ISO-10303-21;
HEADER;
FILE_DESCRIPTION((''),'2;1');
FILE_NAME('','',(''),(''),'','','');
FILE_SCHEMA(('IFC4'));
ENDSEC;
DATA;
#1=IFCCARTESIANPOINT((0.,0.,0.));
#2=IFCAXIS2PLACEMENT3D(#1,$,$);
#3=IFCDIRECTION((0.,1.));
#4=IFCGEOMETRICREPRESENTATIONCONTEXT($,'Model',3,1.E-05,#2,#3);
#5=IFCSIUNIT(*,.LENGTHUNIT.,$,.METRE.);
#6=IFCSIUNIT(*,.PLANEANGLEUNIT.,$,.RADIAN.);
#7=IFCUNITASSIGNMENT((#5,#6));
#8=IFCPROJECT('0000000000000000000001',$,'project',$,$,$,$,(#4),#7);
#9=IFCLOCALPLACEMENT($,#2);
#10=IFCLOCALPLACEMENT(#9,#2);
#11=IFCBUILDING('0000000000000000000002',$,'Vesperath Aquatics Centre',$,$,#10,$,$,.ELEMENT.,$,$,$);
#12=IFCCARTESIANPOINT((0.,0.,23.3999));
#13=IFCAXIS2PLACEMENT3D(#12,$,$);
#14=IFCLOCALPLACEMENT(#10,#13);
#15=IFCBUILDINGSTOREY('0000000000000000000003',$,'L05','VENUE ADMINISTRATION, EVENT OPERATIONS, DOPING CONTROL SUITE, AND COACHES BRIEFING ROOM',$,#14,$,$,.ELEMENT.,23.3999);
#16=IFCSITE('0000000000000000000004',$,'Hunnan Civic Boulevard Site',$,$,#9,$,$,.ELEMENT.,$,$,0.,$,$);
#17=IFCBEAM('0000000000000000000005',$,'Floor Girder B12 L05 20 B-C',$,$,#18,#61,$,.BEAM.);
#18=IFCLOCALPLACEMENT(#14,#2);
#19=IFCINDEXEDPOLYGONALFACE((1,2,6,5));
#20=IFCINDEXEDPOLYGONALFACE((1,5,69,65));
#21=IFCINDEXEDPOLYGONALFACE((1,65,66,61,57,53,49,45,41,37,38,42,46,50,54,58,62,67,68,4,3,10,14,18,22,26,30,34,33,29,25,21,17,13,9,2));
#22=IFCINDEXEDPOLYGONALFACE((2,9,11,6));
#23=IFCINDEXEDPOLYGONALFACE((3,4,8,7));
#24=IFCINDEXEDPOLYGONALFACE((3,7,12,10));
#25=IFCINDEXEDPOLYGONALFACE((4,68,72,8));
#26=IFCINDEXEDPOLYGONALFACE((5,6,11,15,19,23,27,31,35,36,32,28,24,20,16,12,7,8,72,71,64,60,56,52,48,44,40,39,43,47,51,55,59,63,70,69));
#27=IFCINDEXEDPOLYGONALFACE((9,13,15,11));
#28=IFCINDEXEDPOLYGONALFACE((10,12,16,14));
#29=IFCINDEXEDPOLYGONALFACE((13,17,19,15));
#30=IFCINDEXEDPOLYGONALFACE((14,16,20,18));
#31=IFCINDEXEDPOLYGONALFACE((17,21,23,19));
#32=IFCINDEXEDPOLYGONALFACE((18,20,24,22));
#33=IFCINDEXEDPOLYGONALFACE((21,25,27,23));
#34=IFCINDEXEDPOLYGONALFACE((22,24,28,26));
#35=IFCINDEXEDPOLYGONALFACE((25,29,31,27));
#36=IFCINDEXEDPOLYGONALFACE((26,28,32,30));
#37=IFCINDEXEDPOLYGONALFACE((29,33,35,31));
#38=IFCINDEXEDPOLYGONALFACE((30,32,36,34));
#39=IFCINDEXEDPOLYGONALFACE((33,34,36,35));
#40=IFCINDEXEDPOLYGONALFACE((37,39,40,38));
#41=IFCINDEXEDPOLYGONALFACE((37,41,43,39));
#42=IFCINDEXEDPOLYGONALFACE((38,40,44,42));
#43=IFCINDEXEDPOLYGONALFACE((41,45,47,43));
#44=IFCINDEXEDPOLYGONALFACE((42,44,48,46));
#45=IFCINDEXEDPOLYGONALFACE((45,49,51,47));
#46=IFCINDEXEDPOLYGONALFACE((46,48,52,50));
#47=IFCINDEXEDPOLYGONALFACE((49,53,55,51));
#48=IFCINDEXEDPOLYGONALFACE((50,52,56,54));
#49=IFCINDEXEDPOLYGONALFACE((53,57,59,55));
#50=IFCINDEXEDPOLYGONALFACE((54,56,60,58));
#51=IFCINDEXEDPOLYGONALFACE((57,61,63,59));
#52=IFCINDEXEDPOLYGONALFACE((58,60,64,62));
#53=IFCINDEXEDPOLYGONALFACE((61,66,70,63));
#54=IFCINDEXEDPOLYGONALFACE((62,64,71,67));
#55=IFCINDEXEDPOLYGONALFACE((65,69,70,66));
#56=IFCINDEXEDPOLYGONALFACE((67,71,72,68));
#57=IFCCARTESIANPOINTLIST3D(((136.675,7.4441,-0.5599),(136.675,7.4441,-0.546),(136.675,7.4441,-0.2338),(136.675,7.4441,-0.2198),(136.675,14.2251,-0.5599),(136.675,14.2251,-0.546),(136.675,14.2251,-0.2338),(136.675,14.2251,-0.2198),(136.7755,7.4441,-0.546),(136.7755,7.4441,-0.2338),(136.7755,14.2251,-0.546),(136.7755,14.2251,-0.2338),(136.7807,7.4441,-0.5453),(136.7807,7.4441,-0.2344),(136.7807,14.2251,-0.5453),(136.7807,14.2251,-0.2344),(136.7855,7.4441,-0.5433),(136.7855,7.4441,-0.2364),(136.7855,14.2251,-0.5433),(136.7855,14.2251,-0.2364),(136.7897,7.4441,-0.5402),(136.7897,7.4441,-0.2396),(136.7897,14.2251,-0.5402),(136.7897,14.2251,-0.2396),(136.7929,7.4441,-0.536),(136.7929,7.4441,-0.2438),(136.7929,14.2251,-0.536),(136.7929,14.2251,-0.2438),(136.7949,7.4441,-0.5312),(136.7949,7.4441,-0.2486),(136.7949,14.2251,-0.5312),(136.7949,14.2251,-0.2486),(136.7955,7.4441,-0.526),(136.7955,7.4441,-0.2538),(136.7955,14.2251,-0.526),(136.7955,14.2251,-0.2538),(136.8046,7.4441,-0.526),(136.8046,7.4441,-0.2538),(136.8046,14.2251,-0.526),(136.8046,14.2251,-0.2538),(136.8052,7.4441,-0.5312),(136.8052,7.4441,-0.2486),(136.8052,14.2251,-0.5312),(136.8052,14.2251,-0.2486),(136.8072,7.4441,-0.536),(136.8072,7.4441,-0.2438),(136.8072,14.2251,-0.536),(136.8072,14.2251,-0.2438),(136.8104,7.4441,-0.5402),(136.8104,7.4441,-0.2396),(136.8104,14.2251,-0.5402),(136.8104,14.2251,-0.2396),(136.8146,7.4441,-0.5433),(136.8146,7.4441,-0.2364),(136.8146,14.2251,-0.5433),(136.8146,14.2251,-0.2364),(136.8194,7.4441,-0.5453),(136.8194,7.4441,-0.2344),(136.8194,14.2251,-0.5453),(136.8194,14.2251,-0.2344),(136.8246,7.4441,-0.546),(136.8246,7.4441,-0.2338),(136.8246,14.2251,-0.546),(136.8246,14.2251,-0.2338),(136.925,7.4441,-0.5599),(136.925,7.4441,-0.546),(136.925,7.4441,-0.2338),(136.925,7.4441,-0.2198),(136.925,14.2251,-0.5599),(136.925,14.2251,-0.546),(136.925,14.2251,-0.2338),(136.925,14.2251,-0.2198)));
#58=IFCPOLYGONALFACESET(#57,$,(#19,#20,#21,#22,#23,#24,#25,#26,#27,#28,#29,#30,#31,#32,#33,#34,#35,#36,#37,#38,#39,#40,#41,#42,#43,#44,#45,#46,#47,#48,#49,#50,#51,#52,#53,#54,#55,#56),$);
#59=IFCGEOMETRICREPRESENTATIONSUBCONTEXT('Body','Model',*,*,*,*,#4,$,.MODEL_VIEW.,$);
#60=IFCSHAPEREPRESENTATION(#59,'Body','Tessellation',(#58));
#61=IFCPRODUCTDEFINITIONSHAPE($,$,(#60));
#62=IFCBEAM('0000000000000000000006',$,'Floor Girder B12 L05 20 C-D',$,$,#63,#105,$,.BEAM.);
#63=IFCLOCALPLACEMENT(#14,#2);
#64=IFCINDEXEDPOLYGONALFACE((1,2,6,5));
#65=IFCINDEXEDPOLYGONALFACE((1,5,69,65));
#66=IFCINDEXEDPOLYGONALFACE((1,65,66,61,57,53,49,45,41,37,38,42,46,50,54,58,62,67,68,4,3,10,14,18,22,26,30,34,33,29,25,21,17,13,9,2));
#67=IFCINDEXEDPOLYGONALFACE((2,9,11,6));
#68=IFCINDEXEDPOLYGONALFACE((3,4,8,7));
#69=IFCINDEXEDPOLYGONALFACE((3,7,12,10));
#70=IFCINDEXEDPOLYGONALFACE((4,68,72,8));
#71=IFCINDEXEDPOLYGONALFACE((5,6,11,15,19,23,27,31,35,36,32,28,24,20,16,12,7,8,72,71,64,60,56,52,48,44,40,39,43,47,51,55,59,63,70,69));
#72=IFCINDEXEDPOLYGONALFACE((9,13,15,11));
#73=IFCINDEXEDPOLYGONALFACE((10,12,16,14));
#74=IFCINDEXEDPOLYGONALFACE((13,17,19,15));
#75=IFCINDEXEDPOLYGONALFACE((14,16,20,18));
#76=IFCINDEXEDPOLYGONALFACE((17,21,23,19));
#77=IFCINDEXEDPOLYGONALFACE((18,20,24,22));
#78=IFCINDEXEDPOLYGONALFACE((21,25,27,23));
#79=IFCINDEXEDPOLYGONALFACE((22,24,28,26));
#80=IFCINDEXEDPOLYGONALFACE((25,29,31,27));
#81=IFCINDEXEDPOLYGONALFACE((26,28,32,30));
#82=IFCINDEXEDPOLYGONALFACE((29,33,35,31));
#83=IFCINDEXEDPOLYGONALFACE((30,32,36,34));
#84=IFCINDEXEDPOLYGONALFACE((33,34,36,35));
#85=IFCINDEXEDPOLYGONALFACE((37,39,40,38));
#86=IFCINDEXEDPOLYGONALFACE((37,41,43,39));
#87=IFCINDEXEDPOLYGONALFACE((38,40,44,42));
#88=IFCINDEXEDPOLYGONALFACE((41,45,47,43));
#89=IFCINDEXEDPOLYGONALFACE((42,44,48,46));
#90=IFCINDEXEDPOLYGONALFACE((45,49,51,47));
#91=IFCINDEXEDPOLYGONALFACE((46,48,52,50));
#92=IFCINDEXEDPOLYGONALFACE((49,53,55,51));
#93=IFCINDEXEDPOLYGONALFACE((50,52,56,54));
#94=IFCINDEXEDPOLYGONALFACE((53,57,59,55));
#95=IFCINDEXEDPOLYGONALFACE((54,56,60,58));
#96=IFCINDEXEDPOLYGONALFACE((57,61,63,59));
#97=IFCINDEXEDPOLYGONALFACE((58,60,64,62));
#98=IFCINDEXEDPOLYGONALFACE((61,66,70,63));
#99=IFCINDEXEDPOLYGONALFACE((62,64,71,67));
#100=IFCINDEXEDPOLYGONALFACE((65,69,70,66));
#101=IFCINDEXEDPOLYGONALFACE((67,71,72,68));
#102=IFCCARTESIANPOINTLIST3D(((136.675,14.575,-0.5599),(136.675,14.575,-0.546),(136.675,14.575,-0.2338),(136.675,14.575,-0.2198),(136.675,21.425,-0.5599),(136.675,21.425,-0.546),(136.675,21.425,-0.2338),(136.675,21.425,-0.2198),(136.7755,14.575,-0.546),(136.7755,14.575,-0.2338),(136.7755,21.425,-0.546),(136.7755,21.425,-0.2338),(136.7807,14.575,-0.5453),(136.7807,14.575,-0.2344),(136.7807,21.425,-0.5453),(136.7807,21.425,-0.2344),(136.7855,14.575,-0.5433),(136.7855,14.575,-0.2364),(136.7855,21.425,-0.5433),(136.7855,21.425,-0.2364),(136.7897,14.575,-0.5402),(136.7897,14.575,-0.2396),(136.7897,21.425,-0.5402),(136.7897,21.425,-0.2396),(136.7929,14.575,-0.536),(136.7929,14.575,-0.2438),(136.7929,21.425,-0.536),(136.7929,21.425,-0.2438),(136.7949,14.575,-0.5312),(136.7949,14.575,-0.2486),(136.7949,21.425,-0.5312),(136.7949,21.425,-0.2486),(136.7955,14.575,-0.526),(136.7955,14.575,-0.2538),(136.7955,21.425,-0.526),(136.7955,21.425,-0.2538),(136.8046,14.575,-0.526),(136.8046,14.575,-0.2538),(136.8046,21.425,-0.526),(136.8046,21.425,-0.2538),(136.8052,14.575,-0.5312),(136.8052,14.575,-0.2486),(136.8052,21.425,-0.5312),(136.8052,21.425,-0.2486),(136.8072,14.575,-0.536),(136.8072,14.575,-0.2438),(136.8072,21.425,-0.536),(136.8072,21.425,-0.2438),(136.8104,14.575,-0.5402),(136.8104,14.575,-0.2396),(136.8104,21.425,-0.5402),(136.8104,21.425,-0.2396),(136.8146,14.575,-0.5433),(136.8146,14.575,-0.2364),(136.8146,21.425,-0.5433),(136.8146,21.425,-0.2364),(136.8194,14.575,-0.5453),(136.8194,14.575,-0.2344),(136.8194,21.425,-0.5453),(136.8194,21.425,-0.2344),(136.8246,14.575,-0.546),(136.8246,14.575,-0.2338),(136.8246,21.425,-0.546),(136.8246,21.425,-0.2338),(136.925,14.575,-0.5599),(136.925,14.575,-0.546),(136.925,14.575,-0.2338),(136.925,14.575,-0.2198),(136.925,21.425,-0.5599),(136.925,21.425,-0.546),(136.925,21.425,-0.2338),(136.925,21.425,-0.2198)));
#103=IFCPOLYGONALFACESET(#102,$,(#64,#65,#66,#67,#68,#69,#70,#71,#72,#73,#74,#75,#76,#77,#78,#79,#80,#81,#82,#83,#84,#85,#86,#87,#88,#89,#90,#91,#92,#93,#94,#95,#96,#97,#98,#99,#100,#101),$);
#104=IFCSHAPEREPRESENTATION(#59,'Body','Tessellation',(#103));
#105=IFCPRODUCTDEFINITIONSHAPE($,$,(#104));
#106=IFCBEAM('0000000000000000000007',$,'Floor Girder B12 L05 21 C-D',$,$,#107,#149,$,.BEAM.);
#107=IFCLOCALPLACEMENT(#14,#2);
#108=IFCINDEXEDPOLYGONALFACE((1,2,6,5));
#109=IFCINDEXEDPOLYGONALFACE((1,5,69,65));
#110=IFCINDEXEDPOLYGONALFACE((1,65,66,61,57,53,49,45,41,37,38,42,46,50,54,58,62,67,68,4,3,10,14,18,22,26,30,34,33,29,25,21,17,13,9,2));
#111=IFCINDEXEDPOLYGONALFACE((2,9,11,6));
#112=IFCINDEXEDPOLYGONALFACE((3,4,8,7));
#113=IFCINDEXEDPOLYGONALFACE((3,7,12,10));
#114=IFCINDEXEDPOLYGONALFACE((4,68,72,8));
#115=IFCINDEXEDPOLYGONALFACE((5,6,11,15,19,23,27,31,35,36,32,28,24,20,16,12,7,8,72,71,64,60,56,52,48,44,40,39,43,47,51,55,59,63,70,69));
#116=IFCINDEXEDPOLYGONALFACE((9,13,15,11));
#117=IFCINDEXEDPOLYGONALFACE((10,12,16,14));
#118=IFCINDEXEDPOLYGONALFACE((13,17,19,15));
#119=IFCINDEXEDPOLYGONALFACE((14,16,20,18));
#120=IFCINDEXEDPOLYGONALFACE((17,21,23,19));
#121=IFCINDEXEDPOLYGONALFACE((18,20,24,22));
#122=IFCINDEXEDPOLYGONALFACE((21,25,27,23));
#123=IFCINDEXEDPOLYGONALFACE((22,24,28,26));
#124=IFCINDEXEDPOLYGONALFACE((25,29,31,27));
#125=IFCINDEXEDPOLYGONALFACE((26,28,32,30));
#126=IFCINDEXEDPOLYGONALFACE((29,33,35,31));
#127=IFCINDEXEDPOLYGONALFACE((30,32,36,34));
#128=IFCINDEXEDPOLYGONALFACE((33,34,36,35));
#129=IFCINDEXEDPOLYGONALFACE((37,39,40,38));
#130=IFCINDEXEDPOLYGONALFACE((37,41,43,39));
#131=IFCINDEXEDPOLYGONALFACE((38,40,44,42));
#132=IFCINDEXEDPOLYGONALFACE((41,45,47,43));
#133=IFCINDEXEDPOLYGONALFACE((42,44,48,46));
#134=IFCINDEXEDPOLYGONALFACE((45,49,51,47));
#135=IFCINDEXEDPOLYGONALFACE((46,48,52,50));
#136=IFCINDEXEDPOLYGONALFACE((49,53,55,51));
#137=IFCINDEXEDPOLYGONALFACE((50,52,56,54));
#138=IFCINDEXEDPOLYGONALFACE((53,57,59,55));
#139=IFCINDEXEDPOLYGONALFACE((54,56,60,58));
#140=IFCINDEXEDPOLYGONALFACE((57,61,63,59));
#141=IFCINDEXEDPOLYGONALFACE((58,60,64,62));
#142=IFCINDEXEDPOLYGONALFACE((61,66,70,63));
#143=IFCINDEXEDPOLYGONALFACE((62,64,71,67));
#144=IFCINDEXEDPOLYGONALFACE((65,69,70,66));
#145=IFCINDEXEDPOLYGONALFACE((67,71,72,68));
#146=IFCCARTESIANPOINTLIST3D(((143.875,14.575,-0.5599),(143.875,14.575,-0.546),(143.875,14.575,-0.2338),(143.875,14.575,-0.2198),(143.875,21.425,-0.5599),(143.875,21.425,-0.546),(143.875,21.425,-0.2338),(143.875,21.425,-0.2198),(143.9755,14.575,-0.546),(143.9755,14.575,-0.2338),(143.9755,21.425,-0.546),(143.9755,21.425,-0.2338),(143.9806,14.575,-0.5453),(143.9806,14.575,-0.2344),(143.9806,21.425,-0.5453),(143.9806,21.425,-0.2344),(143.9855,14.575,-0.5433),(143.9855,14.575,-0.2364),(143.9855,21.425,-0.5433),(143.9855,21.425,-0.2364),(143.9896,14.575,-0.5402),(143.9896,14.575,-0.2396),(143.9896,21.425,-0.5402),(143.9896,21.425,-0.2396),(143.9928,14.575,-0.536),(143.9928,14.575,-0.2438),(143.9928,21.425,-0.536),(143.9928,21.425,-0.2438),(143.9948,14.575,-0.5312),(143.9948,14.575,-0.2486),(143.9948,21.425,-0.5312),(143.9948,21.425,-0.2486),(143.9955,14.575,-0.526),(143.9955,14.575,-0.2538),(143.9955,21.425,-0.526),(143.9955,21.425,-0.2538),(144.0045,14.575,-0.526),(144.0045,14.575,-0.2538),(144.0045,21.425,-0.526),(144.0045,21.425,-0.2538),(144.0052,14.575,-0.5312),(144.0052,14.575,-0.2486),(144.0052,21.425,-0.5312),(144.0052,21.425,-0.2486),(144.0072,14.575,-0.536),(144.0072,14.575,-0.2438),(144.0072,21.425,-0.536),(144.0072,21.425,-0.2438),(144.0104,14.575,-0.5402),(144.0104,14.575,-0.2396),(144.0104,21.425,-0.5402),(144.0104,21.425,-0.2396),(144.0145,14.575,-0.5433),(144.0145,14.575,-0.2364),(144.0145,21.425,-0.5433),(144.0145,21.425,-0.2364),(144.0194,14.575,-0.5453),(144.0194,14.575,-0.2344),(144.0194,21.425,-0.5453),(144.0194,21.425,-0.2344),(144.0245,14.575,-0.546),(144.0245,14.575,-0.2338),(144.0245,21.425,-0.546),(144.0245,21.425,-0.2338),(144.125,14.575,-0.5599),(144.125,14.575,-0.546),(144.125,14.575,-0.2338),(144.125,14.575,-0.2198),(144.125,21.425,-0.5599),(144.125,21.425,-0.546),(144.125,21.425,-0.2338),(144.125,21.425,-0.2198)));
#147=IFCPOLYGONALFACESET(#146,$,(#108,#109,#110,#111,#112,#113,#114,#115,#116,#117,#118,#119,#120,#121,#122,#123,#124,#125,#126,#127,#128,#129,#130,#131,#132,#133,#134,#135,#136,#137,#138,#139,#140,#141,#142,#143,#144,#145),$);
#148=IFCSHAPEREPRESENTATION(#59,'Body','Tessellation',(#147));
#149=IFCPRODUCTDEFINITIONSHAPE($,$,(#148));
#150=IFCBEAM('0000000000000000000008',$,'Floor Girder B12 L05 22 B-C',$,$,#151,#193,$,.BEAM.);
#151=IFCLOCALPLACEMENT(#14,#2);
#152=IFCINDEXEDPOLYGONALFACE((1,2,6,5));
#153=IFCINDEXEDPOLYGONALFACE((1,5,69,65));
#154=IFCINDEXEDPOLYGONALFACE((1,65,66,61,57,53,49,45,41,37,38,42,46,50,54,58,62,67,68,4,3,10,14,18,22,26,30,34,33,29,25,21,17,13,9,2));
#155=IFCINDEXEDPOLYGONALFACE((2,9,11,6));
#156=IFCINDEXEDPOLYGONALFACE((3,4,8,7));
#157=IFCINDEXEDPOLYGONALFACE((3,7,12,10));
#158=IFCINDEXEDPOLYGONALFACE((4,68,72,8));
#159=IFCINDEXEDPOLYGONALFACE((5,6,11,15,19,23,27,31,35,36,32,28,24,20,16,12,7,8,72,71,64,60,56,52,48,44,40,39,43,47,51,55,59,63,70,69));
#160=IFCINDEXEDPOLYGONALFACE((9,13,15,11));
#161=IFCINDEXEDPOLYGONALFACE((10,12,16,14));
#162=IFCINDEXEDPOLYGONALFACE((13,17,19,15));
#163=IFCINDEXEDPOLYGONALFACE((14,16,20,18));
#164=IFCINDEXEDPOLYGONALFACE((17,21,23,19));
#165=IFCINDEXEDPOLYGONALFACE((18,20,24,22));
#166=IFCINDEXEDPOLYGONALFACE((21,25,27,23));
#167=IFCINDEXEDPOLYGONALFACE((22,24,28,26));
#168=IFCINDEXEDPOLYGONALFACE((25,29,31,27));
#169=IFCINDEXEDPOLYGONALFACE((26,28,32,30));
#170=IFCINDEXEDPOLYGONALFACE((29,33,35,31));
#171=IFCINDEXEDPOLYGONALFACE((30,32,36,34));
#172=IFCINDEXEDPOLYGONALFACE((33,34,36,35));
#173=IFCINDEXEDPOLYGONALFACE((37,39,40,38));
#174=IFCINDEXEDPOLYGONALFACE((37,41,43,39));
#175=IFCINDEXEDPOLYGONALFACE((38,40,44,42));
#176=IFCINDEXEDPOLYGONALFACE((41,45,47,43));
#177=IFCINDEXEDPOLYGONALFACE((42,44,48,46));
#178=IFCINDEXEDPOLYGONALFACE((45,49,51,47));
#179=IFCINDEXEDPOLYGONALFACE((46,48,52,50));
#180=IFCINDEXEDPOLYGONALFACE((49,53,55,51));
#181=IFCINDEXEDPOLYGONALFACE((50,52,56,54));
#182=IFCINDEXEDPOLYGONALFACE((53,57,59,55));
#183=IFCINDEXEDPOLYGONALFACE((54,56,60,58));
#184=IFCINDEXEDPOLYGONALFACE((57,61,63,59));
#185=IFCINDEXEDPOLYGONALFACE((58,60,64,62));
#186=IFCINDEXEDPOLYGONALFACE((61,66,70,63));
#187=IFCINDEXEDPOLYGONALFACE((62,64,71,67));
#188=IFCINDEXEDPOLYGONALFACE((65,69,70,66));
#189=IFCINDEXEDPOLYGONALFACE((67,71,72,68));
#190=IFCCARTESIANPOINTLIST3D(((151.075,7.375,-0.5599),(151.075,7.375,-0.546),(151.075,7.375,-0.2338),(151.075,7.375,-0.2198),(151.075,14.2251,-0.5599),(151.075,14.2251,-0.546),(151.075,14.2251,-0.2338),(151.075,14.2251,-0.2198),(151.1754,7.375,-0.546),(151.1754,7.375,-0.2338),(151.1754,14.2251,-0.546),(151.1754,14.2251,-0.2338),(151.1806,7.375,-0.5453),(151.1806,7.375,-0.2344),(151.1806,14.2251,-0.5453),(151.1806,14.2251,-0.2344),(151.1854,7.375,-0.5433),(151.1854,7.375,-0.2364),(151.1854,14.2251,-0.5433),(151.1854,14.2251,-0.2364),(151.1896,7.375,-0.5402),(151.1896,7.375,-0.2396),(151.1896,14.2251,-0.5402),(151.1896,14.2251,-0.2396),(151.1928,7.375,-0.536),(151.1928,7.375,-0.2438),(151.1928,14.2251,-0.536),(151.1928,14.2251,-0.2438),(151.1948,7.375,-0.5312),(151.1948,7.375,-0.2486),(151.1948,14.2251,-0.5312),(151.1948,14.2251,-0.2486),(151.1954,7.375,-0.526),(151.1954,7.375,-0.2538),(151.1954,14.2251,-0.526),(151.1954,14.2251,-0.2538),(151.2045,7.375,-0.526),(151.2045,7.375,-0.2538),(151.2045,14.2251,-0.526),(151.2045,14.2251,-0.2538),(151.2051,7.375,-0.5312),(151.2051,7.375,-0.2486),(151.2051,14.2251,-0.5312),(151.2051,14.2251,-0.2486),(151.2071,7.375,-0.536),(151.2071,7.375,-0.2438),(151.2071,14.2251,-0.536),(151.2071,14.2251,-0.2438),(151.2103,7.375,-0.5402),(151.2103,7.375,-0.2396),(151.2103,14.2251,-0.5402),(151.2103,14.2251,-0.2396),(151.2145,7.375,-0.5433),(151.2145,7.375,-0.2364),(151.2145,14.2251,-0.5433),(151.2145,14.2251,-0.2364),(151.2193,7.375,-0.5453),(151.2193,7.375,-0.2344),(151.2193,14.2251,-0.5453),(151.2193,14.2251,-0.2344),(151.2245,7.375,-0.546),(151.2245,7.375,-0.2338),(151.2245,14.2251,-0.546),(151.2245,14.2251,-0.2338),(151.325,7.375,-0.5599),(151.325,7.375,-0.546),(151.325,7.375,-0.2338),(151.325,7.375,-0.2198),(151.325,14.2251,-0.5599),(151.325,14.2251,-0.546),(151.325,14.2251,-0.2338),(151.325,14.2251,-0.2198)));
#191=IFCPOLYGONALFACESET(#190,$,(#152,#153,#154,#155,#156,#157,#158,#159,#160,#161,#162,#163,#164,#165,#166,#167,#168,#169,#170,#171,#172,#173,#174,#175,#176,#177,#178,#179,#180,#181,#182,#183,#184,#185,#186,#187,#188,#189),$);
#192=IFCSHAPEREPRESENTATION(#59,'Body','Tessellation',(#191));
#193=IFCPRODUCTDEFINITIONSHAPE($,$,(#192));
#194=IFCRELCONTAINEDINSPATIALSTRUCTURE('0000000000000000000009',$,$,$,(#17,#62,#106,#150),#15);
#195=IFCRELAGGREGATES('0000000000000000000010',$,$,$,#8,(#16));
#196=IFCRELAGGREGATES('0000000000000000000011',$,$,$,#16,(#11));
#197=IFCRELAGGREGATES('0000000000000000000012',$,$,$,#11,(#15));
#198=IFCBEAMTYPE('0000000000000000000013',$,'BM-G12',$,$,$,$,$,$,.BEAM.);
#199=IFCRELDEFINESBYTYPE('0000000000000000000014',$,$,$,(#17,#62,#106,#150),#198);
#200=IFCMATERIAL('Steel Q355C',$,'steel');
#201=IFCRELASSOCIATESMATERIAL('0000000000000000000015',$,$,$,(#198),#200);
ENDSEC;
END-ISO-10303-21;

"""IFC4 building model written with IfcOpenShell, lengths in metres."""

from ifc_helpers import new_model, si_unit, direction, frame, origin, origin_2d, place, context, subcontext, project, spatial, i_section, extrude, material, material_profile, profile_set, type_object, element, save


model = new_model("IFC4")

# Units and contexts
model_context = context("Model", 3, precision=1e-05, world=origin(), true_north=direction((0.0, 1.0)))
body_context = subcontext(model_context, "Body", "Model", "MODEL_VIEW")
ifc_project = project(units=[si_unit("LENGTHUNIT", "METRE"), si_unit("PLANEANGLEUNIT", "RADIAN")], contexts=[model_context])

# Site, building, storey
site_placement = place(None, origin())
site = spatial("IfcSite", under=ifc_project, at=site_placement, Name="Hunnan Civic Boulevard Site", CompositionType="ELEMENT", RefElevation=0.0)
building_placement = place(site_placement, origin())
building = spatial("IfcBuilding", under=site, at=building_placement, Name="Vesperath Aquatics Centre", CompositionType="ELEMENT")
storey_placement = place(building_placement, frame((0.0, 0.0, 23.3999)))
storey = spatial("IfcBuildingStorey", under=building, at=storey_placement, Name="L05", Description="VENUE ADMINISTRATION, EVENT OPERATIONS, DOPING CONTROL SUITE, AND COACHES BRIEFING ROOM", CompositionType="ELEMENT", Elevation=23.3999)

# Shared definitions
ifc_material_1 = material(Name="Steel Q355C", Category="steel")

# Beams
ifc_material_profile_1 = material_profile(ifc_material_1, i_section(OverallWidth=0.25, OverallDepth=0.3401, WebThickness=0.009, FlangeThickness=0.0139, FilletRadius=0.02, at=origin_2d()), Name="HM 340x250x9x14")
ifc_profile_set_1 = profile_set([ifc_material_profile_1], Name="Steel Q355C")
beam_type_1 = type_object("IfcBeamType", Name="BM-G12", PredefinedType="BEAM", material=ifc_profile_set_1)
beam_placement = place(storey_placement, frame((136.8, 7.4441, -0.3899), z_axis=(0.0, 1.0, 0.0), x_axis=(-1.0, 0.0, 0.0)))
element("IfcBeam", 1, at=beam_placement, inside=storey, type_object=beam_type_1, Name="Floor Girder B12 L05 20 B-C", PredefinedType="BEAM", context=body_context, shape_type="SweptSolid", body=[
    extrude(i_section(OverallWidth=0.25, OverallDepth=0.3401, WebThickness=0.009, FlangeThickness=0.0139, FilletRadius=0.02, at=origin_2d()), origin(), (0.0, 0.0, 1.0), 6.781),
])
for number, where, z_axis, x_axis, name in (
    (2, (136.8, 14.575, -0.3899), (0.0, 1.0, 0.0), (-1.0, 0.0, 0.0), "Floor Girder B12 L05 20 C-D"),
    (3, (144.0, 14.575, -0.3899), (0.0, 1.0, 0.0), (-1.0, 0.0, 0.0), "Floor Girder B12 L05 21 C-D"),
    (4, (151.2, 7.375, -0.3899), (0.0, 1.0, 0.0), (-1.0, 0.0, 0.0), "Floor Girder B12 L05 22 B-C"),
):
    element("IfcBeam", number, at=place(storey_placement, frame(where, z_axis=z_axis, x_axis=x_axis)), inside=storey, type_object=beam_type_1, Name=name, PredefinedType="BEAM", context=body_context, shape_type="SweptSolid", body=[
        extrude(i_section(OverallWidth=0.25, OverallDepth=0.3401, WebThickness=0.009, FlangeThickness=0.0139, FilletRadius=0.02, at=origin_2d()), origin(), (0.0, 0.0, 1.0), 6.8501),
    ])

save(model, "model.ifc")
